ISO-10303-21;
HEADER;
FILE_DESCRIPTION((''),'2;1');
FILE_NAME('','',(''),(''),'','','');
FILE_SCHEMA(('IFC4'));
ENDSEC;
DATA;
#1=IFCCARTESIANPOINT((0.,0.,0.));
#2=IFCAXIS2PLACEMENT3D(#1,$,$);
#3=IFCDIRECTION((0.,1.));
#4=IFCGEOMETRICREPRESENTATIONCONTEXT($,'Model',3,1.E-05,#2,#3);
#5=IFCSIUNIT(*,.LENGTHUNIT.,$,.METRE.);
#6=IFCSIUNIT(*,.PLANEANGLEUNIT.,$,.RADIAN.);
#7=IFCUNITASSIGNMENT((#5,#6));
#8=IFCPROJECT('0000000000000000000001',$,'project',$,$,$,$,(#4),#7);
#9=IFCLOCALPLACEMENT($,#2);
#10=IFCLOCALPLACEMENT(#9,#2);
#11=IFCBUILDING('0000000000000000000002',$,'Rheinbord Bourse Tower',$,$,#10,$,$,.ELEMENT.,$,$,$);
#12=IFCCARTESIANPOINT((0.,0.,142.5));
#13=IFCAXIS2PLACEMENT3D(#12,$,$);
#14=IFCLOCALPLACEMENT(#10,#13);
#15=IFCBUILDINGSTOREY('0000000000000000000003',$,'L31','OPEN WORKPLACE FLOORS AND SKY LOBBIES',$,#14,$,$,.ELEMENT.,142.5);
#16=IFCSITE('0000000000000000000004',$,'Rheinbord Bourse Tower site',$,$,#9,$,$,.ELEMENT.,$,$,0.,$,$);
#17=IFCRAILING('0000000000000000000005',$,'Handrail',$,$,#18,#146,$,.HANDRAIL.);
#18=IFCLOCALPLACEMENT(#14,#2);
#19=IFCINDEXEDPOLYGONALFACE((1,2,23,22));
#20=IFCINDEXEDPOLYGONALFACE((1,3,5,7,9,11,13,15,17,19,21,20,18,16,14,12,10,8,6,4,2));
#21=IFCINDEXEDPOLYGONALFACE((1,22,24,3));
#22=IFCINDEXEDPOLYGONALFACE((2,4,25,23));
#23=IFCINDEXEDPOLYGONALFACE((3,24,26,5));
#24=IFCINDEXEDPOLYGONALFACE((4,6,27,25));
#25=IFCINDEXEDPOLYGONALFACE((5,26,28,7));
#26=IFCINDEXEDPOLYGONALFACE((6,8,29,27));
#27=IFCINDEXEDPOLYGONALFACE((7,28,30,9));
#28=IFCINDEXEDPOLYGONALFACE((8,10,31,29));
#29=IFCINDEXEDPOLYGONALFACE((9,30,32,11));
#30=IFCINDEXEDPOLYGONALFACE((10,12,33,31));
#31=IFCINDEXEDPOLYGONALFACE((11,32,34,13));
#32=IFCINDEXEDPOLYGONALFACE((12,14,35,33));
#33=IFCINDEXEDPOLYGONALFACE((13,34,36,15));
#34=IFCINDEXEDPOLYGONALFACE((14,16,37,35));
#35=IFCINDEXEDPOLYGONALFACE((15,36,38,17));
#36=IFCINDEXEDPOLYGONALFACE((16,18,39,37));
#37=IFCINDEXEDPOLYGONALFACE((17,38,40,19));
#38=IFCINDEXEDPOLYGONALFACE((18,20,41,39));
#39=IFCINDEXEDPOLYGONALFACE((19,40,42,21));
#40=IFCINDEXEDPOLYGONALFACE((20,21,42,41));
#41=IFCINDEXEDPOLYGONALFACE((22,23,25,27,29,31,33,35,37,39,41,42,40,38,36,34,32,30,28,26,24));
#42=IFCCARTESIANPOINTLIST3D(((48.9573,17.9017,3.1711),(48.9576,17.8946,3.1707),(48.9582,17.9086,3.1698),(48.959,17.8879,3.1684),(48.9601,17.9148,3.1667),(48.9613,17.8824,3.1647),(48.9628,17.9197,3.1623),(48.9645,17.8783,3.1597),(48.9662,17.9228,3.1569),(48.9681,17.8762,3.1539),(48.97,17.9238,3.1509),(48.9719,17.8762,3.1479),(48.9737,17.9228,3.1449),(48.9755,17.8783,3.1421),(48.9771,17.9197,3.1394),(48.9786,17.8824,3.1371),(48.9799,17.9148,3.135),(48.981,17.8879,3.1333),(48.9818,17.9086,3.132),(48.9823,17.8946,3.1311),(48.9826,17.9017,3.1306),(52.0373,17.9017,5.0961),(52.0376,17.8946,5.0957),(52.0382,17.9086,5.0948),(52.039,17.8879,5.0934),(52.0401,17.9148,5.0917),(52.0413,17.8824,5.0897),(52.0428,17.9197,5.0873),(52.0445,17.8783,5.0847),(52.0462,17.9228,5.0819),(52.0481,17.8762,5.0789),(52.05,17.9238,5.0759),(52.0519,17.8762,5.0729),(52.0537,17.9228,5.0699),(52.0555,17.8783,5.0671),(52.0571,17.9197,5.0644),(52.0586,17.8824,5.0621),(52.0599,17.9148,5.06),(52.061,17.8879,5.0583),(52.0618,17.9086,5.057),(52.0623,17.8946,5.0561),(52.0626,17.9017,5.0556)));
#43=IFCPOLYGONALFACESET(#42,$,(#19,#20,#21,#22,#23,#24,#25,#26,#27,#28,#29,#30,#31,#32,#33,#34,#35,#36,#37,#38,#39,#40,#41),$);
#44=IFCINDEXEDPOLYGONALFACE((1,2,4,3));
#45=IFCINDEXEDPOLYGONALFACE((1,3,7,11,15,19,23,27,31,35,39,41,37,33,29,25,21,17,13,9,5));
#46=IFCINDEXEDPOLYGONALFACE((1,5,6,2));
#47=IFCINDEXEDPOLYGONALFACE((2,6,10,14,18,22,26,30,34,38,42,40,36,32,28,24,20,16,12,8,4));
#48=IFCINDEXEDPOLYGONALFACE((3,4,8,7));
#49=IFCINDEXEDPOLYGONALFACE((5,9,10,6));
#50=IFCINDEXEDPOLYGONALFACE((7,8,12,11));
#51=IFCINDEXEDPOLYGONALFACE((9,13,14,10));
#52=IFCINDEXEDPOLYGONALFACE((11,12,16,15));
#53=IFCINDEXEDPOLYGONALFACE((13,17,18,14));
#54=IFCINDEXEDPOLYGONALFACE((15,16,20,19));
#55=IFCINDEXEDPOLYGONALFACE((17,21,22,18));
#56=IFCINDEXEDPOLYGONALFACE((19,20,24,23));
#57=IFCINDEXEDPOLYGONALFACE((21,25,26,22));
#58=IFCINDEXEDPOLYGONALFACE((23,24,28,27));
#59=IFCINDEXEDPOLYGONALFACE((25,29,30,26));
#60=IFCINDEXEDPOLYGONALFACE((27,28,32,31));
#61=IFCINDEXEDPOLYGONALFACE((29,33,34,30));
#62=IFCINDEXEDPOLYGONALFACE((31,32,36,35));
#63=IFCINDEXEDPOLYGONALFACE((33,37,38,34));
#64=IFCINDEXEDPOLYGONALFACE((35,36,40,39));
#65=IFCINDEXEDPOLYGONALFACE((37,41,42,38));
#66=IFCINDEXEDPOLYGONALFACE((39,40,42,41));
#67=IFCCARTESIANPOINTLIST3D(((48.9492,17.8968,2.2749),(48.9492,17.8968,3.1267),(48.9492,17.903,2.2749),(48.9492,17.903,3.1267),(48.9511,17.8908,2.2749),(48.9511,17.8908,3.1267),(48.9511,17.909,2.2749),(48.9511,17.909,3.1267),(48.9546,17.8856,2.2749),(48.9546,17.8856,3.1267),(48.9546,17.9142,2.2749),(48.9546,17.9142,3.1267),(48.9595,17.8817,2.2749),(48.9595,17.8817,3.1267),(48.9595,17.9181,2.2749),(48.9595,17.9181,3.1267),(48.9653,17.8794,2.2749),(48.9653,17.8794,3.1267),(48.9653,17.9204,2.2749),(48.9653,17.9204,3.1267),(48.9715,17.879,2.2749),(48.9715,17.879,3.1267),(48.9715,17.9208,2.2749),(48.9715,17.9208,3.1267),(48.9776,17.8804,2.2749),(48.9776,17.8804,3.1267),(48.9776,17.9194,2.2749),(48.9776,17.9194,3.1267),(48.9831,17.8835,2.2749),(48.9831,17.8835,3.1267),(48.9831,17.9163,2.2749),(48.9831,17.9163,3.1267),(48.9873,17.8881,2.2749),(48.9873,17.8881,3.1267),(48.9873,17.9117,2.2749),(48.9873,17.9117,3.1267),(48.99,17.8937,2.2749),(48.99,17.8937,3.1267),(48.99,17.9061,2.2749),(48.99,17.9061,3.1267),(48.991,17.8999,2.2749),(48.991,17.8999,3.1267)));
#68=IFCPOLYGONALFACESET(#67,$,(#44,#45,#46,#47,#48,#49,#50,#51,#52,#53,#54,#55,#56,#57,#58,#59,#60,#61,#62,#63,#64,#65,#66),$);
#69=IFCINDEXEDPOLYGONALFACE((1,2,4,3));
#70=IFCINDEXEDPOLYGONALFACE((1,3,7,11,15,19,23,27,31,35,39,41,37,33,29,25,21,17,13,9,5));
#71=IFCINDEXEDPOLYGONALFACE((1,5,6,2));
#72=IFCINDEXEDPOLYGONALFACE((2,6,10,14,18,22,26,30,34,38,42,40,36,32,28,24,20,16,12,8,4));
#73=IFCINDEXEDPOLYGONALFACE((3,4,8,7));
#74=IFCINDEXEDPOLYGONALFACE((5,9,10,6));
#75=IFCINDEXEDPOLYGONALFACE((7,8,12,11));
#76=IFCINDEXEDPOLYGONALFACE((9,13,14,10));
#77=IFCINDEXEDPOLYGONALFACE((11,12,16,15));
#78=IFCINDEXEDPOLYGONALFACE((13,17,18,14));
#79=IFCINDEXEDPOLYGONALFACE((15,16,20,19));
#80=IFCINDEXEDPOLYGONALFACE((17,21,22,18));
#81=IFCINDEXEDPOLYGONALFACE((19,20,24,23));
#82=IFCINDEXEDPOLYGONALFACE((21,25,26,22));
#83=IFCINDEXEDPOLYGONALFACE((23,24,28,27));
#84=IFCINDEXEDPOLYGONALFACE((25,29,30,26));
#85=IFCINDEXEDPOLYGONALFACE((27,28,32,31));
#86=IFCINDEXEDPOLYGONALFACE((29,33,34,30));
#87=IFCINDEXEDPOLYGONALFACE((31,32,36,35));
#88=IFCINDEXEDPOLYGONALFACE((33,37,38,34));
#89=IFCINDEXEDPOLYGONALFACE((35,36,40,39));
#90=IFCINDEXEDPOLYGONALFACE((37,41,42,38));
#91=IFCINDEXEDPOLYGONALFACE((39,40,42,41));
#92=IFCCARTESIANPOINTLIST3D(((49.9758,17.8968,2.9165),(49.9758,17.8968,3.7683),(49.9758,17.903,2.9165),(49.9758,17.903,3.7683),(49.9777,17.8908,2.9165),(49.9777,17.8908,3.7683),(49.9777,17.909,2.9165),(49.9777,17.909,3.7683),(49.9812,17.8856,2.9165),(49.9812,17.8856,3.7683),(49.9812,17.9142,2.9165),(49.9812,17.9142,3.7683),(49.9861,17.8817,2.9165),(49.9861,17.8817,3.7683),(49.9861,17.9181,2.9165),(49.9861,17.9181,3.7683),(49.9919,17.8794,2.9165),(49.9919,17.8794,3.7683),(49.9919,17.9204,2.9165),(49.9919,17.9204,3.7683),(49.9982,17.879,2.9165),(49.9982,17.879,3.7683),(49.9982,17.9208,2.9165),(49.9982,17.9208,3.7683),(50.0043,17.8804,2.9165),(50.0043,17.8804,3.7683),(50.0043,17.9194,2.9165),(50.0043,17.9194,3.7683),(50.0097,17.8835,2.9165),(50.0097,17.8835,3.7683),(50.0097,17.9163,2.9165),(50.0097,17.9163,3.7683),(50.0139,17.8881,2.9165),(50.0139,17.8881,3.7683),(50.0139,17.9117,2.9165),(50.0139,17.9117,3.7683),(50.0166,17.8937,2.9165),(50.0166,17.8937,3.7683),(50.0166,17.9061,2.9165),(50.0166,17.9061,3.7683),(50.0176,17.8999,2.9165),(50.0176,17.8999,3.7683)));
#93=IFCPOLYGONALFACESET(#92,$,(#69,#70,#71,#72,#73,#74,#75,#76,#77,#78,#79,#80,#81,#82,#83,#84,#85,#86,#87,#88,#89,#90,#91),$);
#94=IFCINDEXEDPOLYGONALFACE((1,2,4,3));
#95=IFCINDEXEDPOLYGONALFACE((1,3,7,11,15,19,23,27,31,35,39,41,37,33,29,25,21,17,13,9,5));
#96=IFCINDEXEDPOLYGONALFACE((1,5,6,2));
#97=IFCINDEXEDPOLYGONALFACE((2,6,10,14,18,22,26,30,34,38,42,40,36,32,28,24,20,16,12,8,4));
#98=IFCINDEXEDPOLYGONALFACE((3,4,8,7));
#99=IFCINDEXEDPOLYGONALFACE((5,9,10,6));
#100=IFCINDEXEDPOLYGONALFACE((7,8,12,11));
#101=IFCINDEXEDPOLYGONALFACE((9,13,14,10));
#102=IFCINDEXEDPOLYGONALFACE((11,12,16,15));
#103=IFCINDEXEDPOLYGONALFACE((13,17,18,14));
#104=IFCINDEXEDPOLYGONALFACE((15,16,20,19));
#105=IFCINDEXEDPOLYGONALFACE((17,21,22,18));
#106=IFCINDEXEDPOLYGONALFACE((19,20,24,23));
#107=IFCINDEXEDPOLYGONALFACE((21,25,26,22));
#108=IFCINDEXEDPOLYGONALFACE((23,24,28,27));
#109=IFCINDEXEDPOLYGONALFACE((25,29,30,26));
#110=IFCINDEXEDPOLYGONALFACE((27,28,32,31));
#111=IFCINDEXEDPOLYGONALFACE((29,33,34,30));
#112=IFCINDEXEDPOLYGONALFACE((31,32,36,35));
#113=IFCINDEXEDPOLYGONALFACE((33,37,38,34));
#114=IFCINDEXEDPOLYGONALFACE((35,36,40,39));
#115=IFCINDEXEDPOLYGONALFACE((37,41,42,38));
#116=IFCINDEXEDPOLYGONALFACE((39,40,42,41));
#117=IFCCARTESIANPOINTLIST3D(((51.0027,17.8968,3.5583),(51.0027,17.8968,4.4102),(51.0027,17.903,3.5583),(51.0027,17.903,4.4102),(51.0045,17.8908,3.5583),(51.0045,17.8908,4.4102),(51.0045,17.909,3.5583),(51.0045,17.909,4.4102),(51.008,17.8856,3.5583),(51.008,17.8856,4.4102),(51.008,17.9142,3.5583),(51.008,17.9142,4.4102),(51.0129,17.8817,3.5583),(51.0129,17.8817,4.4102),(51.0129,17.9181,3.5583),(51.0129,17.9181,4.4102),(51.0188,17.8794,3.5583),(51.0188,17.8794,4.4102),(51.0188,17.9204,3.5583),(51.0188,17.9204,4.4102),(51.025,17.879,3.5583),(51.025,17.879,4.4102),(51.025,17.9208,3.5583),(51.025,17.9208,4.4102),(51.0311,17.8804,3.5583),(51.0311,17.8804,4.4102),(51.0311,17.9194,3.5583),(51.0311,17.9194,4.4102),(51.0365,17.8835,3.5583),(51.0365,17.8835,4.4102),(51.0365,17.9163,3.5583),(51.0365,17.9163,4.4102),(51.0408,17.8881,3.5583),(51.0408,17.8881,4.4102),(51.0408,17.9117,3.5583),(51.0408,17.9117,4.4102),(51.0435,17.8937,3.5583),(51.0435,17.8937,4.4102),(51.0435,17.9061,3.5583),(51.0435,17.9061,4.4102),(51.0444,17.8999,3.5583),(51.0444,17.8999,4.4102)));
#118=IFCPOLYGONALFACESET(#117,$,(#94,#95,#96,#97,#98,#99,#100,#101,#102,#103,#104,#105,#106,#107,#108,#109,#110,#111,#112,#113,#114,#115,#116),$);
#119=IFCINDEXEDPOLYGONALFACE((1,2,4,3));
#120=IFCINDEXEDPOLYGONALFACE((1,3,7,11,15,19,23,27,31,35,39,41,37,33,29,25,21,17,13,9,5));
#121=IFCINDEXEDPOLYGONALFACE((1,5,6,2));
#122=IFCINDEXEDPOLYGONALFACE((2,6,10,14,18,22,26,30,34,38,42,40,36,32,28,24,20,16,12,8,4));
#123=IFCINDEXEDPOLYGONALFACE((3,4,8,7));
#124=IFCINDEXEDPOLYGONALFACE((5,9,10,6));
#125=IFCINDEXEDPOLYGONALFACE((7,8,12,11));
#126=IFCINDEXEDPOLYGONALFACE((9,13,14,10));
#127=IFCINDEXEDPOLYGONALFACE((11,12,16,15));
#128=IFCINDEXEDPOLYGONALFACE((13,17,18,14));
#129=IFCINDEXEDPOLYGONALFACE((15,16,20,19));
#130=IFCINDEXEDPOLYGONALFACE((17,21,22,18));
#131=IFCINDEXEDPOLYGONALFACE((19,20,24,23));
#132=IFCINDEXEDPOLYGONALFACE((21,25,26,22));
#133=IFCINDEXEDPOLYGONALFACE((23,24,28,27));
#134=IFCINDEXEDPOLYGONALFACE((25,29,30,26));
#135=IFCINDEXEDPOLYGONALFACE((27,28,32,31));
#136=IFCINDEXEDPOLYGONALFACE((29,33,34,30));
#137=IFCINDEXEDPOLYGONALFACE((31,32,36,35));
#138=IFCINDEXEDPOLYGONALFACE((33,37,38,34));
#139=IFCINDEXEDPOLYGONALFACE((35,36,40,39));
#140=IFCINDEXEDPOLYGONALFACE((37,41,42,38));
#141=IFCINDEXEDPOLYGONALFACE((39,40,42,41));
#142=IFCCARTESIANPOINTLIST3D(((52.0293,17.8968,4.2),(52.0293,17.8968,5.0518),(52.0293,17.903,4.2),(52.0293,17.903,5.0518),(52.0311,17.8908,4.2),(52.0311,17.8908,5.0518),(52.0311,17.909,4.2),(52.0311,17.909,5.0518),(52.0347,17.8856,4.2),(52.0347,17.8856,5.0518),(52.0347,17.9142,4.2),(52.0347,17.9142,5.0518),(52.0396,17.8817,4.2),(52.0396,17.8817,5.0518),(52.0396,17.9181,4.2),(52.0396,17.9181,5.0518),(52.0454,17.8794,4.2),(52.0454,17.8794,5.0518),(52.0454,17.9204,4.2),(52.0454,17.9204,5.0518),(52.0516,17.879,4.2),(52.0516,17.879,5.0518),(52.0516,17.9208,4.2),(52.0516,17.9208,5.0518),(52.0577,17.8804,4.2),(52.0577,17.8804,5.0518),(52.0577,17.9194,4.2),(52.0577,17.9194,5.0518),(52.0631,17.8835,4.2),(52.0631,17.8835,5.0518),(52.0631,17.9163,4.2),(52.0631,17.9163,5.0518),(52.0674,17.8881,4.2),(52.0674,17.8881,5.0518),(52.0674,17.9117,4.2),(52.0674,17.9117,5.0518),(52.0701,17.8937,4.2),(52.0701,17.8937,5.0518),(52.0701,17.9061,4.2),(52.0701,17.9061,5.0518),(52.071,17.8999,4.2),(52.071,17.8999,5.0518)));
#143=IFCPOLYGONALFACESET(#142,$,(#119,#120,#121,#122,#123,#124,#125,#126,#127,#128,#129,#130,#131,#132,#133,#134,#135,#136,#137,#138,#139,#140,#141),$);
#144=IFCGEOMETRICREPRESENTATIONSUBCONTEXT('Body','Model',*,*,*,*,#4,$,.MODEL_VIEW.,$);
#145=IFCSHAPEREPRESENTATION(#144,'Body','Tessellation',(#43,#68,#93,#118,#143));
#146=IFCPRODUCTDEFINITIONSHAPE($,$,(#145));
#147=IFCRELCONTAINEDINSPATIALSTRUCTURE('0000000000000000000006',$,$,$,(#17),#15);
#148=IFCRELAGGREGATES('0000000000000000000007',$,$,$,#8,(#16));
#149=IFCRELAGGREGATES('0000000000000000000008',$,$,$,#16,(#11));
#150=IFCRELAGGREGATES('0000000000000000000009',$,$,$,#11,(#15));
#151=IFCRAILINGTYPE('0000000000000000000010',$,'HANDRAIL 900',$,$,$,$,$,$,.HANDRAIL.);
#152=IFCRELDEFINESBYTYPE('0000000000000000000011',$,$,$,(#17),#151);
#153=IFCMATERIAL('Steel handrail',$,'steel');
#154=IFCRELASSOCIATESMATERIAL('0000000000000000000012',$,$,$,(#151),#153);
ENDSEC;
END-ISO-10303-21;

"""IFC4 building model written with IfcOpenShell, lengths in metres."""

from ifc_helpers import new_model, si_unit, direction, frame, origin, origin_2d, place, context, subcontext, project, spatial, circle, extrude, material, type_object, element, save


model = new_model("IFC4")

# Units and contexts
model_context = context("Model", 3, precision=1e-05, world=origin(), true_north=direction((0.0, 1.0)))
body_context = subcontext(model_context, "Body", "Model", "MODEL_VIEW")
ifc_project = project(units=[si_unit("LENGTHUNIT", "METRE"), si_unit("PLANEANGLEUNIT", "RADIAN")], contexts=[model_context])

# Site, building, storey
site_placement = place(None, origin())
site = spatial("IfcSite", under=ifc_project, at=site_placement, Name="Rheinbord Bourse Tower site", CompositionType="ELEMENT", RefElevation=0.0)
building_placement = place(site_placement, origin())
building = spatial("IfcBuilding", under=site, at=building_placement, Name="Rheinbord Bourse Tower", CompositionType="ELEMENT")
storey_placement = place(building_placement, frame((0.0, 0.0, 142.5)))
storey = spatial("IfcBuildingStorey", under=building, at=storey_placement, Name="L31", Description="OPEN WORKPLACE FLOORS AND SKY LOBBIES", CompositionType="ELEMENT", Elevation=142.5)

# Railing
ifc_material_1 = material(Name="Steel handrail", Category="steel")
railing_type = type_object("IfcRailingType", Name="HANDRAIL 900", PredefinedType="HANDRAIL", material=ifc_material_1)
railing_1_placement = place(storey_placement, frame((48.97, 17.8999, 2.2749)))
element("IfcRailing", 1, at=railing_1_placement, inside=storey, type_object=railing_type, Name="Handrail", PredefinedType="HANDRAIL", context=body_context, shape_type="SweptSolid", body=[
    extrude(circle(Radius=0.0239, at=origin_2d()), frame((0.0, 0.0, 0.876), z_axis=(0.847998, 0.0, 0.529999), x_axis=(0.0, 1.0, 0.0)), (0.0, 0.0, 1.0), 3.6321),
    extrude(circle(Radius=0.021, at=origin_2d()), origin(), (0.0, 0.0, 1.0), 0.8518),
    extrude(circle(Radius=0.021, at=origin_2d()), frame((1.0266, 0.0, 0.6416)), (0.0, 0.0, 1.0), 0.8518),
    extrude(circle(Radius=0.021, at=origin_2d()), frame((2.0535, 0.0, 1.2834)), (0.0, 0.0, 1.0), 0.8518),
    extrude(circle(Radius=0.021, at=origin_2d()), frame((3.0801, 0.0, 1.925)), (0.0, 0.0, 1.0), 0.8518),
])

save(model, "model.ifc")
